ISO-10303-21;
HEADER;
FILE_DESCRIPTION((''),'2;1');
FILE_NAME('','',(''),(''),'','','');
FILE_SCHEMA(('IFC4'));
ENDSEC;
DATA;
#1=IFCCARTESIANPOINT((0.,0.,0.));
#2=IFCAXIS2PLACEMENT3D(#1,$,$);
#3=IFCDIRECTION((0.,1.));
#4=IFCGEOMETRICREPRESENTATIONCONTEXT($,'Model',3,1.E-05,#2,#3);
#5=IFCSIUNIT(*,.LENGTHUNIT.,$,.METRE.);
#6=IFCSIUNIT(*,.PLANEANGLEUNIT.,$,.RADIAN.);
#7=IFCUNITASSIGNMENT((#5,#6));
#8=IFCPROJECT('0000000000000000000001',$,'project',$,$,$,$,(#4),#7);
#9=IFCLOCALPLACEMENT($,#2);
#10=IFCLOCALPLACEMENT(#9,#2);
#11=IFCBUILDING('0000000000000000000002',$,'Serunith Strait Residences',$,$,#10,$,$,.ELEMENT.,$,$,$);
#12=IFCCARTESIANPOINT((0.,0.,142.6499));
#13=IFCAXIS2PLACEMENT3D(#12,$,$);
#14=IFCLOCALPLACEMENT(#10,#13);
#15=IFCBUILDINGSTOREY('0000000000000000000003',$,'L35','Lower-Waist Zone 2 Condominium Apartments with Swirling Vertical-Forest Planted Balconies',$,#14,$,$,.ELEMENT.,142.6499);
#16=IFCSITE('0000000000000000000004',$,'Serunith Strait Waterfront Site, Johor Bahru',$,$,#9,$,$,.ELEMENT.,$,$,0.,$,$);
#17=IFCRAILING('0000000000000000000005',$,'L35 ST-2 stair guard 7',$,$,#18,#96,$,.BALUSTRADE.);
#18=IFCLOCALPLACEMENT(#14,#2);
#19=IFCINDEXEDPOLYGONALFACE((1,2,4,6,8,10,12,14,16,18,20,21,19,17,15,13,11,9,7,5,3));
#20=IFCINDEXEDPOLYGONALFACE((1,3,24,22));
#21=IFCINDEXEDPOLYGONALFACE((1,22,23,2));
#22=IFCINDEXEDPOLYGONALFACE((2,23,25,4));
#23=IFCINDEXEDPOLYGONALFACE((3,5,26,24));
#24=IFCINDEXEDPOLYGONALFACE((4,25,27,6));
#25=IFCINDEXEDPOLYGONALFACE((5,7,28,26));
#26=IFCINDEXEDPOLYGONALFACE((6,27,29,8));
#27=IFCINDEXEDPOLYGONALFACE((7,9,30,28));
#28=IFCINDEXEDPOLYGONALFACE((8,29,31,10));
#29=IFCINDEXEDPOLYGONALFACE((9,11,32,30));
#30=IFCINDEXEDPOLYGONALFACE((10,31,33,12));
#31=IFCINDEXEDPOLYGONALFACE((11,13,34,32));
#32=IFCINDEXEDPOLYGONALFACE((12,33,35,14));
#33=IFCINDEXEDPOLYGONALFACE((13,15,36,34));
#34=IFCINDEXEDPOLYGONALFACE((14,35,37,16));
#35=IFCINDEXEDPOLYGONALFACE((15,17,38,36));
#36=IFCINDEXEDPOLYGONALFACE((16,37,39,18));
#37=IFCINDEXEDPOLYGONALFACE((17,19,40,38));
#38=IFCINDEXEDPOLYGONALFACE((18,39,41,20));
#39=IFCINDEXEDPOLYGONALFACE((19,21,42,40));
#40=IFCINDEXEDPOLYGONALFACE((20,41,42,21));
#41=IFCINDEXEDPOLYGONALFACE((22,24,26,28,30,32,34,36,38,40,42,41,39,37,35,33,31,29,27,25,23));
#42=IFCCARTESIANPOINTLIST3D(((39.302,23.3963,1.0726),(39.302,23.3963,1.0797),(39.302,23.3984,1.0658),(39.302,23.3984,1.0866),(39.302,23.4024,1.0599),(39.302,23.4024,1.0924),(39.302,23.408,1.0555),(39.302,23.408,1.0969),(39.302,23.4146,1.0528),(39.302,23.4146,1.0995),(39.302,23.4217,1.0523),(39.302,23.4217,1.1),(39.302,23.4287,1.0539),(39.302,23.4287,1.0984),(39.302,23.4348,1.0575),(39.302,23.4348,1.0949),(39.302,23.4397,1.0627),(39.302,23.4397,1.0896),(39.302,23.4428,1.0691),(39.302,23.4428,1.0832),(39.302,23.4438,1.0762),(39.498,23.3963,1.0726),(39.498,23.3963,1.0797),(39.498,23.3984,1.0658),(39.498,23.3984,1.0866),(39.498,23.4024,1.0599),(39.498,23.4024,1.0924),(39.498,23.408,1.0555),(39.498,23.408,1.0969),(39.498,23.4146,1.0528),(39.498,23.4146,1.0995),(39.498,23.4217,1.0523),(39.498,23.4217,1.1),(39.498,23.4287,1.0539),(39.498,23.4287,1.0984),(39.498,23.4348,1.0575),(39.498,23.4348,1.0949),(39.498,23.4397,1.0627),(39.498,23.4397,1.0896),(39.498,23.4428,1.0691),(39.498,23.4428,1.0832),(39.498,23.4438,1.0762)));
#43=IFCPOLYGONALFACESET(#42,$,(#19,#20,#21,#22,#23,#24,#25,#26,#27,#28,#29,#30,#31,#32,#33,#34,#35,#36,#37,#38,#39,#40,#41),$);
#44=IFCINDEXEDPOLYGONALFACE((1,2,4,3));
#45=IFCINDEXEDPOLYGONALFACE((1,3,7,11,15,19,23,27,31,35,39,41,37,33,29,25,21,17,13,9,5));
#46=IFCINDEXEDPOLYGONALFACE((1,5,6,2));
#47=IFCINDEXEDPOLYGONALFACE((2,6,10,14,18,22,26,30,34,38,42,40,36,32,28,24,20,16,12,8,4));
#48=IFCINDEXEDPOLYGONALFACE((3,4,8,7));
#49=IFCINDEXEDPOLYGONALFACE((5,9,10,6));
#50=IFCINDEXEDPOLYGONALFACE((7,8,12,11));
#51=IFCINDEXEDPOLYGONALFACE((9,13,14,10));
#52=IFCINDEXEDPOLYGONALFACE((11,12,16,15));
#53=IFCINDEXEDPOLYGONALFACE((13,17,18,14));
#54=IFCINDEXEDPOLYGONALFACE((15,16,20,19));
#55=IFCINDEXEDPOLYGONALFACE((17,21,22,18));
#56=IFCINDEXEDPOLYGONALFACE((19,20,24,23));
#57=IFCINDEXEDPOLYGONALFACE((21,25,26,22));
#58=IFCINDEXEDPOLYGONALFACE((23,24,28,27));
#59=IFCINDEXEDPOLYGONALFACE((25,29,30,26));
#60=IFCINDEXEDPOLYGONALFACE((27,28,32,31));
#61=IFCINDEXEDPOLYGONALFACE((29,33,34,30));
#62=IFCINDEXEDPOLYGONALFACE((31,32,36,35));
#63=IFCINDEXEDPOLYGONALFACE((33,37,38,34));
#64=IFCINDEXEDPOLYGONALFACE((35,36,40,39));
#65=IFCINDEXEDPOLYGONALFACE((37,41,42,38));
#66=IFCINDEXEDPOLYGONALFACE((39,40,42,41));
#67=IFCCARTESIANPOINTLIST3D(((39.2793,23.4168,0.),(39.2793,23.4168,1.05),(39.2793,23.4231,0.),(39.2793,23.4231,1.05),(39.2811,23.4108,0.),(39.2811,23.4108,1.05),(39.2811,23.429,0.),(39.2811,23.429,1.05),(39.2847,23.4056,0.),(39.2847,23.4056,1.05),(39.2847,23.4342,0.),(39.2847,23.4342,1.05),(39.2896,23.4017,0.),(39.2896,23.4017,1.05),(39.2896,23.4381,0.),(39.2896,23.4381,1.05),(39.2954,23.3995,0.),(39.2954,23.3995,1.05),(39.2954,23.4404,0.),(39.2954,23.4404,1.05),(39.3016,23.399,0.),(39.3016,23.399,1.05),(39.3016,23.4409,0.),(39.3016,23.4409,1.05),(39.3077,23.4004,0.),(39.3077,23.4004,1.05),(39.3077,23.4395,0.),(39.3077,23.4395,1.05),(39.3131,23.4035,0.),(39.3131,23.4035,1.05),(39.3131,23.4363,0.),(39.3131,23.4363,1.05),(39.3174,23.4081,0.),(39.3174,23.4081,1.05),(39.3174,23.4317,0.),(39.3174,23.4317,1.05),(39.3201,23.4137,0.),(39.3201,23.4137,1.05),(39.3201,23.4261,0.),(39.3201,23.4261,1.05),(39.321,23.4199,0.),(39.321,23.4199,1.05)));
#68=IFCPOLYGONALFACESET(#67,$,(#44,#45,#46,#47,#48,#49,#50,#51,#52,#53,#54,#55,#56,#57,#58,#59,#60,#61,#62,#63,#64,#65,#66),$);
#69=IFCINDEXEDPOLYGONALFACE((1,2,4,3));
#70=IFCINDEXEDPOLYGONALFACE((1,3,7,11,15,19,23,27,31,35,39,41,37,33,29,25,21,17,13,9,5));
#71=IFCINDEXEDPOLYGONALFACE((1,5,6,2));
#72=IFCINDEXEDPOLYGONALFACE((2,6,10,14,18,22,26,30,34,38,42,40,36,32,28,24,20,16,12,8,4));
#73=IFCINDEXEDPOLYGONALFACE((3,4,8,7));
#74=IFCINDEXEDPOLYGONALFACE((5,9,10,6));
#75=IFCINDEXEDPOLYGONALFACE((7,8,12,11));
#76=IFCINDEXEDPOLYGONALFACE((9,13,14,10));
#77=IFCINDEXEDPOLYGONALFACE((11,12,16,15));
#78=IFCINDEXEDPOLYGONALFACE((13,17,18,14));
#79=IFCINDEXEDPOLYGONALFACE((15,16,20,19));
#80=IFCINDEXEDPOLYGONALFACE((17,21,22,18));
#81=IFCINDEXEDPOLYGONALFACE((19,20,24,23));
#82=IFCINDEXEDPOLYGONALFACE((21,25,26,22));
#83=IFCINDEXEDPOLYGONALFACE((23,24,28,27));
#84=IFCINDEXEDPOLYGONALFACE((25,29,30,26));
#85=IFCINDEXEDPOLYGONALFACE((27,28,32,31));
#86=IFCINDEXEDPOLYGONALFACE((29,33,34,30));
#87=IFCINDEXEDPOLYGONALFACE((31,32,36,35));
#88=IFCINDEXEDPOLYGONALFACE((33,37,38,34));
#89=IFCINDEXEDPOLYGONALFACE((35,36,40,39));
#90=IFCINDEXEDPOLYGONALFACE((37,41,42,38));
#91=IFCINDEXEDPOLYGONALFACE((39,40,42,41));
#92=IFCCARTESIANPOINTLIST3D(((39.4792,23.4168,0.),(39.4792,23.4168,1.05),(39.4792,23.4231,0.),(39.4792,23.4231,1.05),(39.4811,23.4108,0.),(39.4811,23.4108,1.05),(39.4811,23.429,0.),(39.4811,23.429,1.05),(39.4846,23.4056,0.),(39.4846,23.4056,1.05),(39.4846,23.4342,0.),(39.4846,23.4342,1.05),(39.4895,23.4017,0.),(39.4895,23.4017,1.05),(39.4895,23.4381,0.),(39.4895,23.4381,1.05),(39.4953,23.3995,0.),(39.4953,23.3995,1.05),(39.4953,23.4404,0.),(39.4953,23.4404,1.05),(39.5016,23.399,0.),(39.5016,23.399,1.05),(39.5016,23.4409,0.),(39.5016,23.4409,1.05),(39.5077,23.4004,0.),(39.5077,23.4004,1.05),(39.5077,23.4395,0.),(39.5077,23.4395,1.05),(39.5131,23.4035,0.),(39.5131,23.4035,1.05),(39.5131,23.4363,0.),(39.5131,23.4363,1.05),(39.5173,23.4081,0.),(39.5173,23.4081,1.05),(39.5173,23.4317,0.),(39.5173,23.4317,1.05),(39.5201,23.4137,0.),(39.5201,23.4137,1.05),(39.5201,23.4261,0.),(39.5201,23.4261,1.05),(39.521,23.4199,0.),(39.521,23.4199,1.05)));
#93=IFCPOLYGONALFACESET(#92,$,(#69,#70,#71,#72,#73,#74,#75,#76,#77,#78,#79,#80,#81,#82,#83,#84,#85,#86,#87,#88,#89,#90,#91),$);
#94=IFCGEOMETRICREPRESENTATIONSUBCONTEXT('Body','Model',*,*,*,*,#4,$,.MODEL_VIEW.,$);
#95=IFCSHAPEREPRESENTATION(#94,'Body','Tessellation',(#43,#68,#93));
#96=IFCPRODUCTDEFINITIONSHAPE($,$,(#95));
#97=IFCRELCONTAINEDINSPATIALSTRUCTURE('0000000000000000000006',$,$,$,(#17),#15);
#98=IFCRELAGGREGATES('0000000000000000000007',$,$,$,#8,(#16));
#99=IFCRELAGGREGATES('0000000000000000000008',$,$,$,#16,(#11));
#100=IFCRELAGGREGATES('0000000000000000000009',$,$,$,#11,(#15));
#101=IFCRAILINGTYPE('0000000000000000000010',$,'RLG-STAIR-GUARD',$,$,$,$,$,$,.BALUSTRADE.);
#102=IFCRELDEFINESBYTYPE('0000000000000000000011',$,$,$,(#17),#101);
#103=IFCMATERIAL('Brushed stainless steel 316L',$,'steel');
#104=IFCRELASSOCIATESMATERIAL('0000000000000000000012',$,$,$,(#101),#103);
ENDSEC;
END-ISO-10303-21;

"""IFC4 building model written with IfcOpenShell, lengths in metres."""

from ifc_helpers import new_model, si_unit, direction, frame, origin, origin_2d, place, context, subcontext, project, spatial, circle, extrude, material, type_object, element, save


model = new_model("IFC4")

# Units and contexts
model_context = context("Model", 3, precision=1e-05, world=origin(), true_north=direction((0.0, 1.0)))
body_context = subcontext(model_context, "Body", "Model", "MODEL_VIEW")
ifc_project = project(units=[si_unit("LENGTHUNIT", "METRE"), si_unit("PLANEANGLEUNIT", "RADIAN")], contexts=[model_context])

# Site, building, storey
site_placement = place(None, origin())
site = spatial("IfcSite", under=ifc_project, at=site_placement, Name="Serunith Strait Waterfront Site, Johor Bahru", CompositionType="ELEMENT", RefElevation=0.0)
building_placement = place(site_placement, origin())
building = spatial("IfcBuilding", under=site, at=building_placement, Name="Serunith Strait Residences", CompositionType="ELEMENT")
storey_placement = place(building_placement, frame((0.0, 0.0, 142.6499)))
storey = spatial("IfcBuildingStorey", under=building, at=storey_placement, Name="L35", Description="Lower-Waist Zone 2 Condominium Apartments with Swirling Vertical-Forest Planted Balconies", CompositionType="ELEMENT", Elevation=142.6499)

# Railing
ifc_material_1 = material(Name="Brushed stainless steel 316L", Category="steel")
railing_type_1 = type_object("IfcRailingType", Name="RLG-STAIR-GUARD", PredefinedType="BALUSTRADE", material=ifc_material_1)
railing_1_placement = place(storey_placement, frame((39.3, 23.4199, 0.0)))
element("IfcRailing", 1, at=railing_1_placement, inside=storey, type_object=railing_type_1, Name="L35 ST-2 stair guard 7", PredefinedType="BALUSTRADE", context=body_context, shape_type="SweptSolid", body=[
    extrude(circle(Radius=0.0239, at=origin_2d()), frame((0.002, 0.0, 1.0762), z_axis=(1.0, 0.0, 0.0), x_axis=(0.0, 1.0, 0.0)), (0.0, 0.0, 1.0), 0.196),
    extrude(circle(Radius=0.021, at=origin_2d()), origin(), (0.0, 0.0, 1.0), 1.05),
    extrude(circle(Radius=0.021, at=origin_2d()), frame((0.2, 0.0, 0.0)), (0.0, 0.0, 1.0), 1.05),
])

save(model, "model.ifc")
